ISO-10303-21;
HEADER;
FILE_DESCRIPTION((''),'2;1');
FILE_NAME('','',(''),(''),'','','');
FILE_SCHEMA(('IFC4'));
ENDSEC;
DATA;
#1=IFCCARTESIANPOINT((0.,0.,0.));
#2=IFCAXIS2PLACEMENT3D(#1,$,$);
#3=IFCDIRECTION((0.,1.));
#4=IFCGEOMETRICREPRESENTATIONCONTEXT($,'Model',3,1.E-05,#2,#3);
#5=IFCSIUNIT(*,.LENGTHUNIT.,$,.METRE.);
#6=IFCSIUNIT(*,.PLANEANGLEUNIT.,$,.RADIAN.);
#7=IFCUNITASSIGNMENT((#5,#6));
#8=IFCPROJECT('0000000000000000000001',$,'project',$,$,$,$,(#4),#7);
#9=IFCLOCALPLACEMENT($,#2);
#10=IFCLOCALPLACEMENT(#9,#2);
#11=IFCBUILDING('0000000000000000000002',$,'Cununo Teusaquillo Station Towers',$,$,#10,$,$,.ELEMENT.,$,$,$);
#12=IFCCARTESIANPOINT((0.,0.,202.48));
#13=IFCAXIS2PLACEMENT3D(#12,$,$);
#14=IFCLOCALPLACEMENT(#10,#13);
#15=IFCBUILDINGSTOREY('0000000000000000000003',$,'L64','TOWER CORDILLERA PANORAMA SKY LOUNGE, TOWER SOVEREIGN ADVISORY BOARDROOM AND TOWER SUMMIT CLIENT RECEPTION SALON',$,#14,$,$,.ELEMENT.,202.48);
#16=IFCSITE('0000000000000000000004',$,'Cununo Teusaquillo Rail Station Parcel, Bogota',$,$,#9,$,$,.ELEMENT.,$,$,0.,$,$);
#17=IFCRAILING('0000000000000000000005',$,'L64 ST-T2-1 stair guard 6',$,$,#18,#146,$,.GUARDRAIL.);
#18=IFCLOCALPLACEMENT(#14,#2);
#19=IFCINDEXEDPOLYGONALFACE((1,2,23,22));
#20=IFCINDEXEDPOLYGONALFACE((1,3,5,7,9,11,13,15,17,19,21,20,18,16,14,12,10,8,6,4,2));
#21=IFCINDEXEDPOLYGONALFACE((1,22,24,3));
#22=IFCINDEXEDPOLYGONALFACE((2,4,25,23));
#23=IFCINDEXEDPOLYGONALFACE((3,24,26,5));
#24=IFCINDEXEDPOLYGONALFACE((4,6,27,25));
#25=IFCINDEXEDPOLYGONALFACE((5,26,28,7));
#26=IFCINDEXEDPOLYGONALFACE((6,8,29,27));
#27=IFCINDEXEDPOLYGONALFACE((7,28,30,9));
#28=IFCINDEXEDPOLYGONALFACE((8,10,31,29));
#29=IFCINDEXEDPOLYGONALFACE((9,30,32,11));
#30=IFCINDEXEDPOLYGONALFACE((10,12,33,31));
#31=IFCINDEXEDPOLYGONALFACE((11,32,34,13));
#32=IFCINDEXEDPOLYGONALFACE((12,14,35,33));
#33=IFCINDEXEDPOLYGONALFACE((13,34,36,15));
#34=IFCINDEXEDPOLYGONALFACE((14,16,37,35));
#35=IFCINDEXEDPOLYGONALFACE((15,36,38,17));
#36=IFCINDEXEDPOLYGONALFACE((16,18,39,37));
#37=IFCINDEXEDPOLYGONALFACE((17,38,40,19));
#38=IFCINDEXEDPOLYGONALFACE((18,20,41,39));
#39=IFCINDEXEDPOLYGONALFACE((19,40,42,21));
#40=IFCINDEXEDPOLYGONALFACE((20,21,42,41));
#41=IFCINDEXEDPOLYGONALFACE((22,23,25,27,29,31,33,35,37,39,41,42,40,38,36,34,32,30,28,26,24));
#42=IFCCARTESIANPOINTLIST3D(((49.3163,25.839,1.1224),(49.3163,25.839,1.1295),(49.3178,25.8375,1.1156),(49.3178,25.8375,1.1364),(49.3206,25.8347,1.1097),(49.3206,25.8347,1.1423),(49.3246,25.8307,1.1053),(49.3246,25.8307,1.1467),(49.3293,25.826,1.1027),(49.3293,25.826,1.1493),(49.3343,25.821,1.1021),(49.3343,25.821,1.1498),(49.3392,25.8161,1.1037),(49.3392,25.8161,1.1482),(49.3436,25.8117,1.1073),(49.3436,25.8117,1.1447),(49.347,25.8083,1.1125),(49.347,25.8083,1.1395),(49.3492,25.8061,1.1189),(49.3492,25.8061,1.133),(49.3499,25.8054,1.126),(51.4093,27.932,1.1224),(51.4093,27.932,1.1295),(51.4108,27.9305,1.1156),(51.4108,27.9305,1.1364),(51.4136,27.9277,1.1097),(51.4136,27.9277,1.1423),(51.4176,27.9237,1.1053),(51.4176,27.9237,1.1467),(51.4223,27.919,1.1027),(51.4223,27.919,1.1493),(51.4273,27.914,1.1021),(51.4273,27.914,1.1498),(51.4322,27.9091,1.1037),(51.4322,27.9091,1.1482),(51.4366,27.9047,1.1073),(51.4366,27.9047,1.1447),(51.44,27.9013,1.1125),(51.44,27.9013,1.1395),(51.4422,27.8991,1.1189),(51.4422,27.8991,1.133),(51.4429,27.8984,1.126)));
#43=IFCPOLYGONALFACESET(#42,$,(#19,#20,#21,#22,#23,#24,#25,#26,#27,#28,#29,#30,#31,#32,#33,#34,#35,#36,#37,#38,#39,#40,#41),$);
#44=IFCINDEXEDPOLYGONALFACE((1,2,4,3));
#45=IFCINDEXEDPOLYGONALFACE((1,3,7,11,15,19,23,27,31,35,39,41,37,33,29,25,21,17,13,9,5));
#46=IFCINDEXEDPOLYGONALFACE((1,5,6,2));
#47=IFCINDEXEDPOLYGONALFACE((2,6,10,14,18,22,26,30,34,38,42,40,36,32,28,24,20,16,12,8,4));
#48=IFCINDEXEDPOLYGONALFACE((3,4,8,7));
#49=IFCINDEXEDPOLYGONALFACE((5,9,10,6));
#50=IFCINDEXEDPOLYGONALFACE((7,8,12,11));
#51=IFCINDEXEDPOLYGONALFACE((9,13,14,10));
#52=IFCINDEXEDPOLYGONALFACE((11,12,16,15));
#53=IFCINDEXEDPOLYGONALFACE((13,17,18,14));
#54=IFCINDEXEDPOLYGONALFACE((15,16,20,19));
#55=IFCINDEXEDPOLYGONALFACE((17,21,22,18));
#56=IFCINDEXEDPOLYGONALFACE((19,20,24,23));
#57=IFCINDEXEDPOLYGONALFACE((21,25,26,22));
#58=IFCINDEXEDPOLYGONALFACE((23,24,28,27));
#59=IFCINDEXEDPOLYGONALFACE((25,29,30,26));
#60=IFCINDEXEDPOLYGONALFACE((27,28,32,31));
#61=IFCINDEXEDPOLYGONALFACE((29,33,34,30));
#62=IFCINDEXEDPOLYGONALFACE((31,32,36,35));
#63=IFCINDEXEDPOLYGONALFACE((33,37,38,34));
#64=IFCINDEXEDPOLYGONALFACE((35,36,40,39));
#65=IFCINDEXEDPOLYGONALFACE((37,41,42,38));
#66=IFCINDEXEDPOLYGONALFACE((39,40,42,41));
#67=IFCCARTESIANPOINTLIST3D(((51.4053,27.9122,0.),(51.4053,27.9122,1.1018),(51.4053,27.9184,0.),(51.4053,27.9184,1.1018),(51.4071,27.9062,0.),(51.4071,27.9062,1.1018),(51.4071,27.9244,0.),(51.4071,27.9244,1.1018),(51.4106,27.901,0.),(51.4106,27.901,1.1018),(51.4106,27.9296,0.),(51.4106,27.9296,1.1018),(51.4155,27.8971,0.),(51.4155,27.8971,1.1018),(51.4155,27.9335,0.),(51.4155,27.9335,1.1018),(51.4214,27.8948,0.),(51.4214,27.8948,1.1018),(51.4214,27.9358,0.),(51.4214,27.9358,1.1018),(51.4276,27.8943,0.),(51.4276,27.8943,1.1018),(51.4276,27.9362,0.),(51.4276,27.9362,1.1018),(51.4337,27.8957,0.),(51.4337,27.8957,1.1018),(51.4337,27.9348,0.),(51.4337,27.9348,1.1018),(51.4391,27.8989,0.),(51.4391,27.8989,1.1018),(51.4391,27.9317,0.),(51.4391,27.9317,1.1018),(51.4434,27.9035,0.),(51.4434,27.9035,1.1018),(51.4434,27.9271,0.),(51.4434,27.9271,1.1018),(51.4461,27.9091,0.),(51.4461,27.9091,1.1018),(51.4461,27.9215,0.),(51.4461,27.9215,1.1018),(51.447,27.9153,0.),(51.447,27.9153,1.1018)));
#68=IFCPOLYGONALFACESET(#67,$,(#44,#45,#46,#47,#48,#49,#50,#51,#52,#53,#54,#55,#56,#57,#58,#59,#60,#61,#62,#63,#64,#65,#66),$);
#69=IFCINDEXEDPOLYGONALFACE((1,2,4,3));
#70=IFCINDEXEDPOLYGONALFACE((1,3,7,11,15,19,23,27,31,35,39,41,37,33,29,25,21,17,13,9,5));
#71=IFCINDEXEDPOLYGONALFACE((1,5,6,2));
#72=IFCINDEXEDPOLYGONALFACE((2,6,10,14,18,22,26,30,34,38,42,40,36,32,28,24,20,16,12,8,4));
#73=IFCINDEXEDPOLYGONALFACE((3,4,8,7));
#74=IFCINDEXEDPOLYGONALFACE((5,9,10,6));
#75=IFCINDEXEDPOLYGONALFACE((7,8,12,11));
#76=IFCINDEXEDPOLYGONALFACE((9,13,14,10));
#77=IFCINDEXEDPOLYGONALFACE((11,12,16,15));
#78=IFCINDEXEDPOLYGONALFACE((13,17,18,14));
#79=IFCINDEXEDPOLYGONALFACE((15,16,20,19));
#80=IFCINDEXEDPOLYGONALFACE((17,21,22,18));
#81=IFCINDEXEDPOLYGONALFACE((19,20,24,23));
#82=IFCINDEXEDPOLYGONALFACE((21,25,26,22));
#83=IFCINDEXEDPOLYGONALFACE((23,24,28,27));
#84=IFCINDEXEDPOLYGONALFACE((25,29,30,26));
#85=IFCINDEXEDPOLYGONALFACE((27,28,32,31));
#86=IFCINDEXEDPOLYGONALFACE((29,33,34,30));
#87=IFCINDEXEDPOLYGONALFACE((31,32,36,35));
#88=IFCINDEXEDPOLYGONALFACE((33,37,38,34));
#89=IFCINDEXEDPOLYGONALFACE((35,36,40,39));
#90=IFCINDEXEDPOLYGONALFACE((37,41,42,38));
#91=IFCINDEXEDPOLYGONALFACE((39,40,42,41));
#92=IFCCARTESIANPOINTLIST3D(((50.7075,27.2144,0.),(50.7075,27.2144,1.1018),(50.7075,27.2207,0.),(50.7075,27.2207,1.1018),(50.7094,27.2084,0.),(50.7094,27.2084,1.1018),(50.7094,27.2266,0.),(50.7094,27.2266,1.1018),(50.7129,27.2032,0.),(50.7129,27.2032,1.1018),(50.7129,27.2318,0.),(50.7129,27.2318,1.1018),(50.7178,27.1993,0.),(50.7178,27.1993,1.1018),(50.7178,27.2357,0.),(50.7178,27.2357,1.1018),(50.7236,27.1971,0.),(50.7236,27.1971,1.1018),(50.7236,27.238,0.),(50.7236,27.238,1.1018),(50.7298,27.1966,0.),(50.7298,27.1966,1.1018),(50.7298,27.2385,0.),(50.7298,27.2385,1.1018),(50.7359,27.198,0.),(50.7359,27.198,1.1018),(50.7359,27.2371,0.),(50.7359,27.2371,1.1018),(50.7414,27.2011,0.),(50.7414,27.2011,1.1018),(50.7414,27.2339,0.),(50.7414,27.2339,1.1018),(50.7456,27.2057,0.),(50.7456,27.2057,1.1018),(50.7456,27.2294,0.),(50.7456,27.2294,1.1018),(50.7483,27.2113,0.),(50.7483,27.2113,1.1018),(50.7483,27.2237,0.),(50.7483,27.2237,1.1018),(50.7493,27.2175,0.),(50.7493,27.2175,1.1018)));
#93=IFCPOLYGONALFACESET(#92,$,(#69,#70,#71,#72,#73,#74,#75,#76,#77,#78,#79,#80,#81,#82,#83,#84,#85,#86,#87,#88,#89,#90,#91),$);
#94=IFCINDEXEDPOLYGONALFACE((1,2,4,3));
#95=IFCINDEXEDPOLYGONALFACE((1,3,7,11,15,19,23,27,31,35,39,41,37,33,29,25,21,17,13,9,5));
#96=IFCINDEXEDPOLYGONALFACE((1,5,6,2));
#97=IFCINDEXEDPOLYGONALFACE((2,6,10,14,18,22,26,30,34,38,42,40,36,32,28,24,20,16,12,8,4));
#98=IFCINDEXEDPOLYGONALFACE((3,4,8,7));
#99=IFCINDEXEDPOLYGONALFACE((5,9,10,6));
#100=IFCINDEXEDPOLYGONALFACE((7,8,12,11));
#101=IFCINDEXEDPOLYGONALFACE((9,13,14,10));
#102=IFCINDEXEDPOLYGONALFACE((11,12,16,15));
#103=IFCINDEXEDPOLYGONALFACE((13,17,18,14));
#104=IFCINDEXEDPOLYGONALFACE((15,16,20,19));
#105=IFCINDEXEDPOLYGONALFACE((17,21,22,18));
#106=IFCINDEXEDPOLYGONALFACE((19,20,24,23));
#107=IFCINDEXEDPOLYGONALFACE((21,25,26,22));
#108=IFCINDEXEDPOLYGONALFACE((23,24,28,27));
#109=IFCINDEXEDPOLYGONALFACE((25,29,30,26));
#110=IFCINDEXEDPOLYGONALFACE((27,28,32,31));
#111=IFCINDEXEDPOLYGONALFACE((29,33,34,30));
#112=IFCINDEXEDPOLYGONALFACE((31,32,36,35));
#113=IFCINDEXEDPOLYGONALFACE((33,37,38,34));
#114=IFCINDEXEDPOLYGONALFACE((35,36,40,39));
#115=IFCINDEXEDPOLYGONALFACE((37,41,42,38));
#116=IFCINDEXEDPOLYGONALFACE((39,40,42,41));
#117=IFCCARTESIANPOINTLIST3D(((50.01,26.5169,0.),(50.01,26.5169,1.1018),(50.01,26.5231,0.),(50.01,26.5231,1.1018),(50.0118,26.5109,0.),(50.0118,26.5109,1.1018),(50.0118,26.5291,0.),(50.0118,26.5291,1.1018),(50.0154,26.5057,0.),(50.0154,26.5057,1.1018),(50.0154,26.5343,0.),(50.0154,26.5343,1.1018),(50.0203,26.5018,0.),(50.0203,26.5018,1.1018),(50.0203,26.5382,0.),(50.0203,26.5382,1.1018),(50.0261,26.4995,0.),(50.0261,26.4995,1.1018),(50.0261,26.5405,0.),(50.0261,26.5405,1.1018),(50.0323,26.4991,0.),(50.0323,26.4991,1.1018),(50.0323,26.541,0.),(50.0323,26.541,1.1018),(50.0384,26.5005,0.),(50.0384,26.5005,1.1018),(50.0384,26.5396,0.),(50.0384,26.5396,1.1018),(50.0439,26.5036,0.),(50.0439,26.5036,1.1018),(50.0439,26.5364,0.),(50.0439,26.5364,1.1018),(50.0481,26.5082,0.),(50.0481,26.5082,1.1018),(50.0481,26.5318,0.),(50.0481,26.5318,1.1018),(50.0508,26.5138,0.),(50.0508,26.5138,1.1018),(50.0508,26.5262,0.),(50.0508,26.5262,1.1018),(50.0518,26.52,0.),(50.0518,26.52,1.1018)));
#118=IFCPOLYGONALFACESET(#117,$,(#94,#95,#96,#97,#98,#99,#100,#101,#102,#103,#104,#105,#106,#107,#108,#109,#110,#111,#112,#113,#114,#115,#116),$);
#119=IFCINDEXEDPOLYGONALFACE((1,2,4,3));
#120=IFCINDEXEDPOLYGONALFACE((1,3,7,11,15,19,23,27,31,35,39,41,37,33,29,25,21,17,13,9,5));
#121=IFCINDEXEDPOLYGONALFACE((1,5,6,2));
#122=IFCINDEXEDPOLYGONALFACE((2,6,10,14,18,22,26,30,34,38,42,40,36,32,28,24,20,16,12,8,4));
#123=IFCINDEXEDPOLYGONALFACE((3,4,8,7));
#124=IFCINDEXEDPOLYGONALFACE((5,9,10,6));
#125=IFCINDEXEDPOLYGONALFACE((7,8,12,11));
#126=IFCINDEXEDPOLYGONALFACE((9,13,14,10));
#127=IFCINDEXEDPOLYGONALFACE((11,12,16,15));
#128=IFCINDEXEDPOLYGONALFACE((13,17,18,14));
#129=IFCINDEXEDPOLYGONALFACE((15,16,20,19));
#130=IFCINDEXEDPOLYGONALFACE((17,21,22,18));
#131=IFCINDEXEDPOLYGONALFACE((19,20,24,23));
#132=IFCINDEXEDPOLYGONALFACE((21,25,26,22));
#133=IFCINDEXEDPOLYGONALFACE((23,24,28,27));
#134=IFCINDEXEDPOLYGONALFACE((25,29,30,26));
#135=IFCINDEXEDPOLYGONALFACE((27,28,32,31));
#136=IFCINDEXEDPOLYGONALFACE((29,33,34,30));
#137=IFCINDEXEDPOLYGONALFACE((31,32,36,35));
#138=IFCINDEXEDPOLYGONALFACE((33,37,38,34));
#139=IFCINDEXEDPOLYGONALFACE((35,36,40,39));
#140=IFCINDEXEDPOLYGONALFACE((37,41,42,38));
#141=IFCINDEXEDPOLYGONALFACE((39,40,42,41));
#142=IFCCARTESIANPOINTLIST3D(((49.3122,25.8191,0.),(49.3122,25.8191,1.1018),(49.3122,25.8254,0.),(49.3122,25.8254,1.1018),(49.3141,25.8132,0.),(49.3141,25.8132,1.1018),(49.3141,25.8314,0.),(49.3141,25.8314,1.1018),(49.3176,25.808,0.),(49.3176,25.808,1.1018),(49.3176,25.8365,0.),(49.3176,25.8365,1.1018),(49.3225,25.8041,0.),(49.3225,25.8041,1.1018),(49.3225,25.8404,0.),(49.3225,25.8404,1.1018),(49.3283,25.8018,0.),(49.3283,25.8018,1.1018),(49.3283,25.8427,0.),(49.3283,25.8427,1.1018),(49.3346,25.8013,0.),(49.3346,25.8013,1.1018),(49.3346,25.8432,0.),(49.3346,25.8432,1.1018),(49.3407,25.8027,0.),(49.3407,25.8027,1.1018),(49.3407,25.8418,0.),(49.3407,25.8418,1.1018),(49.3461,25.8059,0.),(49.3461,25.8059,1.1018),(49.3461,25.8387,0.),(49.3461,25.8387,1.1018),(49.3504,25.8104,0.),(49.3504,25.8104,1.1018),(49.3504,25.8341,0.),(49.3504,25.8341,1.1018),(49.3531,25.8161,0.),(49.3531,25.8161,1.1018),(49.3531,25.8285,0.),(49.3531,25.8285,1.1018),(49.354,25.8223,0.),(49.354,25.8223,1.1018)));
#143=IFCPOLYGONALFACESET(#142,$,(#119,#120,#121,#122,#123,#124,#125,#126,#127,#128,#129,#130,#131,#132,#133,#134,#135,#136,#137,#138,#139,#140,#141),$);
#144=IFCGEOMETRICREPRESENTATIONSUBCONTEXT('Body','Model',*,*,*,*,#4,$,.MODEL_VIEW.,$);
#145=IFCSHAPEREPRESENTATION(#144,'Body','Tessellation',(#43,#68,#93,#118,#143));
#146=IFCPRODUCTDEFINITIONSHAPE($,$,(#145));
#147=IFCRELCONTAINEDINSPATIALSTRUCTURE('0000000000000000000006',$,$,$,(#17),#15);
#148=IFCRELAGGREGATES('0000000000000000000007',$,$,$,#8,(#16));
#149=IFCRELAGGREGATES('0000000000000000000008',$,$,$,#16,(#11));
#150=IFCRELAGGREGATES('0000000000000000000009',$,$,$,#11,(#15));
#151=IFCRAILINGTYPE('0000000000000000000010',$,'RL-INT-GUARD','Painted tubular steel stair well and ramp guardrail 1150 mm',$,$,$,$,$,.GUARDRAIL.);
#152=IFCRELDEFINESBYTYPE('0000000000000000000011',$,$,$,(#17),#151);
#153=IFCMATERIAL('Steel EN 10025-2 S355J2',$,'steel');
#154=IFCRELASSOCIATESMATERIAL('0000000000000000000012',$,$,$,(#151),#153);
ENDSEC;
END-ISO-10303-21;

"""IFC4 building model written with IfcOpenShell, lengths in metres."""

from ifc_helpers import new_model, si_unit, direction, frame, origin, origin_2d, place, context, subcontext, project, spatial, circle, extrude, material, type_object, element, save


model = new_model("IFC4")

# Units and contexts
model_context = context("Model", 3, precision=1e-05, world=origin(), true_north=direction((0.0, 1.0)))
body_context = subcontext(model_context, "Body", "Model", "MODEL_VIEW")
ifc_project = project(units=[si_unit("LENGTHUNIT", "METRE"), si_unit("PLANEANGLEUNIT", "RADIAN")], contexts=[model_context])

# Site, building, storey
site_placement = place(None, origin())
site = spatial("IfcSite", under=ifc_project, at=site_placement, Name="Cununo Teusaquillo Rail Station Parcel, Bogota", CompositionType="ELEMENT", RefElevation=0.0)
building_placement = place(site_placement, origin())
building = spatial("IfcBuilding", under=site, at=building_placement, Name="Cununo Teusaquillo Station Towers", CompositionType="ELEMENT")
storey_placement = place(building_placement, frame((0.0, 0.0, 202.48)))
storey = spatial("IfcBuildingStorey", under=building, at=storey_placement, Name="L64", Description="TOWER CORDILLERA PANORAMA SKY LOUNGE, TOWER SOVEREIGN ADVISORY BOARDROOM AND TOWER SUMMIT CLIENT RECEPTION SALON", CompositionType="ELEMENT", Elevation=202.48)

# Railing
ifc_material_1 = material(Name="Steel EN 10025-2 S355J2", Category="steel")
railing_type = type_object("IfcRailingType", Name="RL-INT-GUARD", Description="Painted tubular steel stair well and ramp guardrail 1150 mm", PredefinedType="GUARDRAIL", material=ifc_material_1)
railing_1_placement = place(storey_placement, frame((51.426, 27.9153, 0.0)))
element("IfcRailing", 1, at=railing_1_placement, inside=storey, type_object=railing_type, Name="L64 ST-T2-1 stair guard 6", PredefinedType="GUARDRAIL", context=body_context, shape_type="SweptSolid", body=[
    extrude(circle(Radius=0.0239, at=origin_2d()), frame((0.0, 0.0, 1.126), z_axis=(-0.707107, -0.707107, 0.0), x_axis=(0.707107, -0.707107, 0.0)), (0.0, 0.0, 1.0), 2.96),
    extrude(circle(Radius=0.021, at=origin_2d()), origin(), (0.0, 0.0, 1.0), 1.1018),
    extrude(circle(Radius=0.021, at=origin_2d()), frame((-0.6978, -0.6978, 0.0)), (0.0, 0.0, 1.0), 1.1018),
    extrude(circle(Radius=0.021, at=origin_2d()), frame((-1.3953, -1.3953, 0.0)), (0.0, 0.0, 1.0), 1.1018),
    extrude(circle(Radius=0.021, at=origin_2d()), frame((-2.093, -2.093, 0.0)), (0.0, 0.0, 1.0), 1.1018),
])

save(model, "model.ifc")
